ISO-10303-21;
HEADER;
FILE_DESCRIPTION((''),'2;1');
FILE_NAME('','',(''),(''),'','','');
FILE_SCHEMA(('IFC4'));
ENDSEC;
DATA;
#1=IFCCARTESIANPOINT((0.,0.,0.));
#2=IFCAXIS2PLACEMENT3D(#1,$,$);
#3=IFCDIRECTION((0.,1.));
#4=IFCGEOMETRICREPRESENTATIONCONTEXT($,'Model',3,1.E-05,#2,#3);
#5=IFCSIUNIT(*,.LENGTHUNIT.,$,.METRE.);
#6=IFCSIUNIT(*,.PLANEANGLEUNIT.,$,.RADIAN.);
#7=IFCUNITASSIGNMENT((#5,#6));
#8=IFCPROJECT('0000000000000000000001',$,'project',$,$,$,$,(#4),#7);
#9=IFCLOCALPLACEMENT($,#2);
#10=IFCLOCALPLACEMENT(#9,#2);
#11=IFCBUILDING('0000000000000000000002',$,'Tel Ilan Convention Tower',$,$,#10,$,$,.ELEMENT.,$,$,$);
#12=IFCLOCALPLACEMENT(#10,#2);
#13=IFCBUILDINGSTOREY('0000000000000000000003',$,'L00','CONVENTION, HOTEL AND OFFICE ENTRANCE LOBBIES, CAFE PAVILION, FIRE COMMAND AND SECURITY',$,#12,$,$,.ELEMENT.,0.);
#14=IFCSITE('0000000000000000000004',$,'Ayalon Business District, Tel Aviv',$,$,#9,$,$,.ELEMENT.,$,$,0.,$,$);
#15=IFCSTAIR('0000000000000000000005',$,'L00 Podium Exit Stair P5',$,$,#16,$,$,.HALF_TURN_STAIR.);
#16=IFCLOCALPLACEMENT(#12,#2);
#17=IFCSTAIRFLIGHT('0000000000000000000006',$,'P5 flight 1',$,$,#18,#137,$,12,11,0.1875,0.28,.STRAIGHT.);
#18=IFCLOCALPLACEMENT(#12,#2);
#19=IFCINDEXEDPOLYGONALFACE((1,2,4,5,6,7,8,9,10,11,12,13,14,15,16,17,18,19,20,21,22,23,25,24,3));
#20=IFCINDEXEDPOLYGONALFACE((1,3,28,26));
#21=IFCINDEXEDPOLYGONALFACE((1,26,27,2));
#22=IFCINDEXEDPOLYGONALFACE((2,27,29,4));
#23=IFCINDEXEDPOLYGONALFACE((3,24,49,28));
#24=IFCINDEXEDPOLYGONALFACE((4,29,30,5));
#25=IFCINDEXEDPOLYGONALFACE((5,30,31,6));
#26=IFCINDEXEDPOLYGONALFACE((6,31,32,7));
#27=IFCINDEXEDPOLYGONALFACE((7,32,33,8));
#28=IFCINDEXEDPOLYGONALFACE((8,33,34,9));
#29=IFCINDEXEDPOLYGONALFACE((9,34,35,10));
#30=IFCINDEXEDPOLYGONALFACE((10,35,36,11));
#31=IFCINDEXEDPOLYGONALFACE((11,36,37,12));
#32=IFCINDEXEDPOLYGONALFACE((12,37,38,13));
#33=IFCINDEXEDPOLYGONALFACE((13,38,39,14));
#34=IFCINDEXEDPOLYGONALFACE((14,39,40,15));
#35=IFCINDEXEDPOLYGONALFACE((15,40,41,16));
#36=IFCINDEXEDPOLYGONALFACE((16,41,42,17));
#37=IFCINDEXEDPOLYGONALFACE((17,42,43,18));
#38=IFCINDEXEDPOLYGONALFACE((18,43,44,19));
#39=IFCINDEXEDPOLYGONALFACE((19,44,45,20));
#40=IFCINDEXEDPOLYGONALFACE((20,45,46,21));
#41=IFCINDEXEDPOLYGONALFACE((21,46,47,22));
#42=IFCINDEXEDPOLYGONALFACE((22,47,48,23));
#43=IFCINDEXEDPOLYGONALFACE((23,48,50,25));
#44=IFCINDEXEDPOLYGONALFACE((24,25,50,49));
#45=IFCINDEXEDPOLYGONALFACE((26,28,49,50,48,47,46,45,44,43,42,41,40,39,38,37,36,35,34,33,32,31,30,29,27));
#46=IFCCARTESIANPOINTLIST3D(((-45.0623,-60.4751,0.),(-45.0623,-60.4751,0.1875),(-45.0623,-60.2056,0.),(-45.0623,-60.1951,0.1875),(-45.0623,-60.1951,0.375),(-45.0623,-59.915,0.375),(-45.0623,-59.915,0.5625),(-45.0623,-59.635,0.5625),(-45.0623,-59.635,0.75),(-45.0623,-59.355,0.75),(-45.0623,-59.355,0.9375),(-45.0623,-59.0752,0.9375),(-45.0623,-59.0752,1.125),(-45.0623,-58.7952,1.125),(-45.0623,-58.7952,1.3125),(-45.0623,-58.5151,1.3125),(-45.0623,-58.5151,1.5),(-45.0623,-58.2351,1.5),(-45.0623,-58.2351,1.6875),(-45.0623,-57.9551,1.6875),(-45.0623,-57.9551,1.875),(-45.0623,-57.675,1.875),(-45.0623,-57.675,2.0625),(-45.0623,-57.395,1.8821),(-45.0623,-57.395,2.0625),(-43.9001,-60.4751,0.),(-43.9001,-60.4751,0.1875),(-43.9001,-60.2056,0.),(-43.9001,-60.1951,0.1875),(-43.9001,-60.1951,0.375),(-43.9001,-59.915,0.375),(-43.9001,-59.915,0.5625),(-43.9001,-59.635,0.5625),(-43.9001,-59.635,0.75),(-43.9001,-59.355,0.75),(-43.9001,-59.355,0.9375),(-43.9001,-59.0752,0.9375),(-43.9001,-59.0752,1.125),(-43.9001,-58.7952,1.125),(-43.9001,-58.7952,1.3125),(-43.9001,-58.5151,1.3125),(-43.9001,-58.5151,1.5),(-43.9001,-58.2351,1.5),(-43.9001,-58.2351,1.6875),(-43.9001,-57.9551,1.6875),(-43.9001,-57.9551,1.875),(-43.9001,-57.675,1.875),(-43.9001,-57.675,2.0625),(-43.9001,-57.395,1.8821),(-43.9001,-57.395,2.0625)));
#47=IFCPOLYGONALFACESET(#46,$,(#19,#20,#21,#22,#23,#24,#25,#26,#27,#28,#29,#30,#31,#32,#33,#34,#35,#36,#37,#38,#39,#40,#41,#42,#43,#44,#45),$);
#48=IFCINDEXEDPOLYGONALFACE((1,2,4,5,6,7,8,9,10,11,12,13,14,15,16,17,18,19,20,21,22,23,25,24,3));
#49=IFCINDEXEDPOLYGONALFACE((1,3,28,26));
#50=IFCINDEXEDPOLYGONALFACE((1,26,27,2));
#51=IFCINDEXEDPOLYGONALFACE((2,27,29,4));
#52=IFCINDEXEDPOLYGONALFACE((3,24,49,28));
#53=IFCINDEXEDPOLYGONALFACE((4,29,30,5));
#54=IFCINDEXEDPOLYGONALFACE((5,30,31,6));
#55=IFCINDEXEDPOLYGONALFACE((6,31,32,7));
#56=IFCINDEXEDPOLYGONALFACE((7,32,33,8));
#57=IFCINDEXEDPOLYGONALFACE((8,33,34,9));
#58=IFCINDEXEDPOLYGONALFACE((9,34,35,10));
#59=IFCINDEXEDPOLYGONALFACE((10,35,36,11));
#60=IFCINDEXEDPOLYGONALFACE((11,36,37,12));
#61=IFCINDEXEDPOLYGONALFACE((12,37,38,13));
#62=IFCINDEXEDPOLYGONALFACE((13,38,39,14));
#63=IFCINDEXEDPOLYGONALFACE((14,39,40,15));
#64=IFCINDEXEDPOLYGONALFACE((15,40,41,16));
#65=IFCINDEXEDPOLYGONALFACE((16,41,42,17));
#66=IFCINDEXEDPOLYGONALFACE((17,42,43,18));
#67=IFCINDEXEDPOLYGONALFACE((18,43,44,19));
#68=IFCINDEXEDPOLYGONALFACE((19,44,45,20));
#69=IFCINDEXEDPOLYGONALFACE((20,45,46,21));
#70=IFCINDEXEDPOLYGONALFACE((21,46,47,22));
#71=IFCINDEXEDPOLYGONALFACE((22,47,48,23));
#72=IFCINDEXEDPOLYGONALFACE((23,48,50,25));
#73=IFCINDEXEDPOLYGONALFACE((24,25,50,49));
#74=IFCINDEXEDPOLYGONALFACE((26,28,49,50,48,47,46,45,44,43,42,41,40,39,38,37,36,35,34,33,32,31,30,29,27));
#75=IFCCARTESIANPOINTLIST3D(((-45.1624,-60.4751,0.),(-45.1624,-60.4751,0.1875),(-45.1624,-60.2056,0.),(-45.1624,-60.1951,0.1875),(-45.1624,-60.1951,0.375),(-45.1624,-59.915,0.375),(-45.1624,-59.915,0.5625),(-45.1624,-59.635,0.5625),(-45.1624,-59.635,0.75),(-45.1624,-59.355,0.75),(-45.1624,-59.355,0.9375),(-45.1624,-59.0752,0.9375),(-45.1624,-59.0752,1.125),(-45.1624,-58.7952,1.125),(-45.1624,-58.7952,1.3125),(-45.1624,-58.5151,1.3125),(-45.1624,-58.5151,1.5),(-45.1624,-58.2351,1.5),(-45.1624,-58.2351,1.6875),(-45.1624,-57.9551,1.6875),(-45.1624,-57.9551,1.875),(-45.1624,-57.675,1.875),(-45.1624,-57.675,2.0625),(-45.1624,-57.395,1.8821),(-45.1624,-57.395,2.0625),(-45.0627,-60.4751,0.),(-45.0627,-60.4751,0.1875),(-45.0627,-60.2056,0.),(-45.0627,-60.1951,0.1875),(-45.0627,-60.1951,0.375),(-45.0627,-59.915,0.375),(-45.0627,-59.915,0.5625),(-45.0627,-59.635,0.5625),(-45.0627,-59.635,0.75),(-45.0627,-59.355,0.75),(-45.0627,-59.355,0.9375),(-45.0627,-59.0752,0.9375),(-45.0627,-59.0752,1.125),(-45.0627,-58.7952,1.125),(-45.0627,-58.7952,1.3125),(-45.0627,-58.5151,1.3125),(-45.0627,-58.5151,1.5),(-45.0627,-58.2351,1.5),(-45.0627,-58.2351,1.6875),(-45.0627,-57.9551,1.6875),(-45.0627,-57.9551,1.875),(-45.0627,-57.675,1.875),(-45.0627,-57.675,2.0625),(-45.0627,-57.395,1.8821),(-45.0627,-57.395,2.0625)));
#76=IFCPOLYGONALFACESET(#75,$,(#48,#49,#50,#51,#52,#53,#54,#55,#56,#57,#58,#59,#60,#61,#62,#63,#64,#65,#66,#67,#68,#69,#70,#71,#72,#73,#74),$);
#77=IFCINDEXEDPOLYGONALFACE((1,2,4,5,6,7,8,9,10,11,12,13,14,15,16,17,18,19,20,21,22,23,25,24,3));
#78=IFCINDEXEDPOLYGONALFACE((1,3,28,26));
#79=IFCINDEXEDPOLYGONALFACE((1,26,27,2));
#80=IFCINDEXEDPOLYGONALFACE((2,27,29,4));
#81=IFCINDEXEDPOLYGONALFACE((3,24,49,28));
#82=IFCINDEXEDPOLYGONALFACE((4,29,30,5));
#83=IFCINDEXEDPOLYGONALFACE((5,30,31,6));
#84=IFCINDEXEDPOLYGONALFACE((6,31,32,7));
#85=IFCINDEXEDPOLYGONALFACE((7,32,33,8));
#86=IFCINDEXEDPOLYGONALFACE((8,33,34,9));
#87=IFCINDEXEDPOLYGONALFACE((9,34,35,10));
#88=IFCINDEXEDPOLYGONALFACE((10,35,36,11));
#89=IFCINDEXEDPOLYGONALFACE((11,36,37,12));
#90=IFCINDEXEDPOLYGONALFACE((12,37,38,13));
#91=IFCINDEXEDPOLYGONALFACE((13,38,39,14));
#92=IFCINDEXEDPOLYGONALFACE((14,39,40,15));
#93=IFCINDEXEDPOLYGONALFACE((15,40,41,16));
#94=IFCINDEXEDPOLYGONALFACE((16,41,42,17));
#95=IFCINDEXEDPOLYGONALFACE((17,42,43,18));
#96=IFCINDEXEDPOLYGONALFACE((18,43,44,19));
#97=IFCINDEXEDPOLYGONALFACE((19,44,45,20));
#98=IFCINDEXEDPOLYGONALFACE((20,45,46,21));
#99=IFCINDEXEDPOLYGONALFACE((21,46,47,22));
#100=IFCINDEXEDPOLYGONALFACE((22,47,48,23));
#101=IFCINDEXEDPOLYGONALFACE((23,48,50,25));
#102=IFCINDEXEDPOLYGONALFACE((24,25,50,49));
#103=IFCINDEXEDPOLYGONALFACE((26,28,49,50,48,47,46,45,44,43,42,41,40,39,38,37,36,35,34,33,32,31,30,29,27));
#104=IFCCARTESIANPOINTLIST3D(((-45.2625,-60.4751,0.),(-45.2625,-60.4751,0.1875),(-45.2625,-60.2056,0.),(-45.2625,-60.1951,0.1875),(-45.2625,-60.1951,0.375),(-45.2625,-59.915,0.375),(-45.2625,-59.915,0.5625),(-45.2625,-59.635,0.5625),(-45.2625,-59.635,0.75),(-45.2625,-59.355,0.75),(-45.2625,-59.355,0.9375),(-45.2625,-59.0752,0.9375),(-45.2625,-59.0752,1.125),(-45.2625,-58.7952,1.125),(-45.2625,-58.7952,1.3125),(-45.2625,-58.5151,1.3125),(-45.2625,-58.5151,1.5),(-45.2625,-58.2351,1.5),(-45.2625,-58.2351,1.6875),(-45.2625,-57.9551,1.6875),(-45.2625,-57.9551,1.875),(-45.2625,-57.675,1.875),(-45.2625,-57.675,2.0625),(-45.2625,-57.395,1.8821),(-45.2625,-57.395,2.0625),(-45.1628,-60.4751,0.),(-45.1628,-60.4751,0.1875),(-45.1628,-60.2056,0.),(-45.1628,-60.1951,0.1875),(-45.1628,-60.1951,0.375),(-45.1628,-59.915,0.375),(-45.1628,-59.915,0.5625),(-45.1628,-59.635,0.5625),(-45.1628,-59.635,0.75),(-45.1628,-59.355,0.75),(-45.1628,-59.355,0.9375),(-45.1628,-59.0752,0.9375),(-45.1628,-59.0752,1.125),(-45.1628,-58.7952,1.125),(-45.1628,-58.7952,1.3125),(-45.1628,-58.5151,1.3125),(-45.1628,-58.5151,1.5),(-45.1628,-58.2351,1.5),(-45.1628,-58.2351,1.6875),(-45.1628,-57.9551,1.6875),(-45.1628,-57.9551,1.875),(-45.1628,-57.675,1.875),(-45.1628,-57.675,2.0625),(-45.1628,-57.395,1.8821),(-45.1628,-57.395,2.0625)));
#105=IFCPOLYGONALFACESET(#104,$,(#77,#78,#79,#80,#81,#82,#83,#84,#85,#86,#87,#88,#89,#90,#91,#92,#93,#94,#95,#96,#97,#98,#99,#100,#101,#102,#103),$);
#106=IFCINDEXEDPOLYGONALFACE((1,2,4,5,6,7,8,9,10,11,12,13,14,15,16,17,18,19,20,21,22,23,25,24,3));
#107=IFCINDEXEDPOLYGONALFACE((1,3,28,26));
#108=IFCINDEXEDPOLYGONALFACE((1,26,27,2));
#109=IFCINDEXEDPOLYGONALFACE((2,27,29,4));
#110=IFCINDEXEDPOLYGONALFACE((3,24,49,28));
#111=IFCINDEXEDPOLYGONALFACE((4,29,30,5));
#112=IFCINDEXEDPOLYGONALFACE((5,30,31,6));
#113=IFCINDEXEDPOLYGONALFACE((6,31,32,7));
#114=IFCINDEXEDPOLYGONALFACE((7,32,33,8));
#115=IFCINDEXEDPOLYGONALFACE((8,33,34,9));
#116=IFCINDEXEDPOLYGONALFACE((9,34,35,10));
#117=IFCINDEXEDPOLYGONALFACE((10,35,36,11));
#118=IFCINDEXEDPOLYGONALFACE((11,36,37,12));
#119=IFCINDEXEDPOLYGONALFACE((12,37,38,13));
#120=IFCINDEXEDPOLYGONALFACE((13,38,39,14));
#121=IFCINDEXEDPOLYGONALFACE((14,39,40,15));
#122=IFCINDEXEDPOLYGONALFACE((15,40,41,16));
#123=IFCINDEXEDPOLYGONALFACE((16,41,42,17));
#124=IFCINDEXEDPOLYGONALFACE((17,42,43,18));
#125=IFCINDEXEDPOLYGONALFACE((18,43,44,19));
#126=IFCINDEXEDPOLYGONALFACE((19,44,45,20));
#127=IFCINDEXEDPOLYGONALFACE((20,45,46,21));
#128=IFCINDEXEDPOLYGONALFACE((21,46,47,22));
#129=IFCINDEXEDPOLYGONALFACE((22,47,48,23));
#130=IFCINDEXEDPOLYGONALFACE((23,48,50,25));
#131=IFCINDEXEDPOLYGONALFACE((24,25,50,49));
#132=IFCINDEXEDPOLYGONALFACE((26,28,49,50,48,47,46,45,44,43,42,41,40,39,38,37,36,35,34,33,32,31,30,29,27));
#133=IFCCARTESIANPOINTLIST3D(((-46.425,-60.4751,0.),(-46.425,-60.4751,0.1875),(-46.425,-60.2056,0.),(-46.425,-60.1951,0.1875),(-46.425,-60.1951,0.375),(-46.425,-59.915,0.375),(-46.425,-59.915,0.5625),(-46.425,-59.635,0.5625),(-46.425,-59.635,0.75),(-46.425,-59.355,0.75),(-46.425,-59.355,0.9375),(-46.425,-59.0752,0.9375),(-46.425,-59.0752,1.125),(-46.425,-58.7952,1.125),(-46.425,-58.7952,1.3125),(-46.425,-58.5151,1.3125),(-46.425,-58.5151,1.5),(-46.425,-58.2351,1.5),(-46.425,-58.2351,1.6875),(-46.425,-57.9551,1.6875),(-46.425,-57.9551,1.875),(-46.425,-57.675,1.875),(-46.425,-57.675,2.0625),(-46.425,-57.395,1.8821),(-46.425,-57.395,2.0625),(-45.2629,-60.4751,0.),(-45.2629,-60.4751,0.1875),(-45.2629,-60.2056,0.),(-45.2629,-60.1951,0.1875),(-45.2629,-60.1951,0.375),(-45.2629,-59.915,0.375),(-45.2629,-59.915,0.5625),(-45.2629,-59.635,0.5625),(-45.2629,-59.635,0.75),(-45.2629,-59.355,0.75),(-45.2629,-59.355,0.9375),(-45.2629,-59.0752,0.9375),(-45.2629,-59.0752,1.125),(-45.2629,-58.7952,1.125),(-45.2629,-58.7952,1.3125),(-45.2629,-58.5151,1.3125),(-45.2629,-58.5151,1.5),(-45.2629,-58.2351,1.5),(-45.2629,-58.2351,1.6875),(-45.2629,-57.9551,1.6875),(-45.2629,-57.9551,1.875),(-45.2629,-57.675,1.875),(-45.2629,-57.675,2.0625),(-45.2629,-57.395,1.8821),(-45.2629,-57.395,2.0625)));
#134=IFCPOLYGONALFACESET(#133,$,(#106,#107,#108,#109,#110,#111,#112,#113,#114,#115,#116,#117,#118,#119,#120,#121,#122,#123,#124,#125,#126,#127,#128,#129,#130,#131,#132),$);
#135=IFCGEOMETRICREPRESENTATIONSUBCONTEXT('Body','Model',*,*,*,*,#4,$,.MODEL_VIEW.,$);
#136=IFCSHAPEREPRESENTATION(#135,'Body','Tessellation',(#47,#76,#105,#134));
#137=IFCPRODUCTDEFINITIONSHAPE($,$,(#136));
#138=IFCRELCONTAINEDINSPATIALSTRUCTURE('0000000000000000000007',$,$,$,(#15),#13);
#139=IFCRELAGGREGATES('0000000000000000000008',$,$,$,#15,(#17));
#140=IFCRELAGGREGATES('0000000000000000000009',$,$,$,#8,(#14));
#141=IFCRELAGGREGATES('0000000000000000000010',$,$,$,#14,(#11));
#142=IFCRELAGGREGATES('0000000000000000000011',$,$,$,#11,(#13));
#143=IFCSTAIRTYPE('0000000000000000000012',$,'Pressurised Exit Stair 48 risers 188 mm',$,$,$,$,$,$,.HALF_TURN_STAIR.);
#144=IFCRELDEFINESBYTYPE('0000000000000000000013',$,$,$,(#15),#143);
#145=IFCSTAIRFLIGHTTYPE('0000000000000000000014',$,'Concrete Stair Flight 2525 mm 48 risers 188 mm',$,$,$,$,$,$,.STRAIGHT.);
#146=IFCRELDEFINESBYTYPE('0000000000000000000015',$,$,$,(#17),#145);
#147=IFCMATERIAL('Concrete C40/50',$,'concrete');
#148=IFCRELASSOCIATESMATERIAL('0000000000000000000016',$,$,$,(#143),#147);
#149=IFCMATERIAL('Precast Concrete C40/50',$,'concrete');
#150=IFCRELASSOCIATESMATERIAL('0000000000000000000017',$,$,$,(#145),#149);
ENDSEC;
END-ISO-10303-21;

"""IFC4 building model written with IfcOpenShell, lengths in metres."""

from ifc_helpers import new_model, si_unit, direction, frame, origin, place, context, subcontext, project, spatial, polyline, outline, extrude, material, type_object, element, aggregate, save


model = new_model("IFC4")

# Units and contexts
model_context = context("Model", 3, precision=1e-05, world=origin(), true_north=direction((0.0, 1.0)))
body_context = subcontext(model_context, "Body", "Model", "MODEL_VIEW")
ifc_project = project(units=[si_unit("LENGTHUNIT", "METRE"), si_unit("PLANEANGLEUNIT", "RADIAN")], contexts=[model_context])

# Site, building, storey
site_placement = place(None, origin())
site = spatial("IfcSite", under=ifc_project, at=site_placement, Name="Ayalon Business District, Tel Aviv", CompositionType="ELEMENT", RefElevation=0.0)
building_placement = place(site_placement, origin())
building = spatial("IfcBuilding", under=site, at=building_placement, Name="Tel Ilan Convention Tower", CompositionType="ELEMENT")
storey_placement = place(building_placement, origin())
storey = spatial("IfcBuildingStorey", under=building, at=storey_placement, Name="L00", Description="CONVENTION, HOTEL AND OFFICE ENTRANCE LOBBIES, CAFE PAVILION, FIRE COMMAND AND SECURITY", CompositionType="ELEMENT", Elevation=0.0)

# Stair, stair flight
ifc_material_1 = material(Name="Concrete C40/50", Category="concrete")
stair_type = type_object("IfcStairType", Name="Pressurised Exit Stair 48 risers 188 mm", PredefinedType="HALF_TURN_STAIR", material=ifc_material_1)
ifc_material_2 = material(Name="Precast Concrete C40/50", Category="concrete")
stair_flight_type = type_object("IfcStairFlightType", Name="Concrete Stair Flight 2525 mm 48 risers 188 mm", PredefinedType="STRAIGHT", material=ifc_material_2)
stair_1_placement = place(storey_placement, origin())
stair_1 = element("IfcStair", 1, at=stair_1_placement, inside=storey, type_object=stair_type, Name="L00 Podium Exit Stair P5", PredefinedType="HALF_TURN_STAIR")
stair_flight_1_placement = place(storey_placement, frame((-45.1626, -60.4751, 0.0), z_axis=(0.0, 0.0, 1.0), x_axis=(0.0, 1.0, 0.0)))
stair_flight_1 = element("IfcStairFlight", 2, at=stair_flight_1_placement, type_object=stair_flight_type, Name="P5 flight 1", NumberOfRisers=12, NumberOfTreads=11, PredefinedType="STRAIGHT", RiserHeight=0.1875, TreadLength=0.28, context=body_context, shape_type="SweptSolid", body=[
    extrude(outline(polyline([(0.0, 0.0), (0.0, 0.1875), (0.28, 0.1875), (0.28, 0.375), (0.5601, 0.375), (0.5601, 0.5625), (0.8401, 0.5625), (0.8401, 0.75), (1.1201, 0.75), (1.1201, 0.9375), (1.3999, 0.9375), (1.3999, 1.125), (1.6799, 1.125), (1.6799, 1.3125), (1.96, 1.3125), (1.96, 1.5), (2.24, 1.5), (2.24, 1.6875), (2.52, 1.6875), (2.52, 1.875), (2.8, 1.875), (2.8, 2.0625), (3.0801, 2.0625), (3.0801, 2.25), (3.0801, 1.8821), (0.2695, 0.0), (0.0, 0.0)])), frame((0.0, -0.1003, 0.0), z_axis=(0.0, -1.0, 0.0), x_axis=(1.0, 0.0, 0.0)), (0.0, 0.0, 1.0), 1.1621),
    extrude(outline(polyline([(0.0, 0.0), (0.0, 0.1875), (0.28, 0.1875), (0.28, 0.375), (0.5601, 0.375), (0.5601, 0.5625), (0.8401, 0.5625), (0.8401, 0.75), (1.1201, 0.75), (1.1201, 0.9375), (1.3999, 0.9375), (1.3999, 1.125), (1.6799, 1.125), (1.6799, 1.3125), (1.96, 1.3125), (1.96, 1.5), (2.24, 1.5), (2.24, 1.6875), (2.52, 1.6875), (2.52, 1.875), (2.8, 1.875), (2.8, 2.0625), (3.0801, 2.0625), (3.0801, 2.25), (3.0801, 1.8821), (0.2695, 0.0), (0.0, 0.0)])), frame((0.0, -0.0002, 0.0), z_axis=(0.0, -1.0, 0.0), x_axis=(1.0, 0.0, 0.0)), (0.0, 0.0, 1.0), 0.0996),
    extrude(outline(polyline([(0.0, 0.0), (0.0, 0.1875), (0.28, 0.1875), (0.28, 0.375), (0.5601, 0.375), (0.5601, 0.5625), (0.8401, 0.5625), (0.8401, 0.75), (1.1201, 0.75), (1.1201, 0.9375), (1.3999, 0.9375), (1.3999, 1.125), (1.6799, 1.125), (1.6799, 1.3125), (1.96, 1.3125), (1.96, 1.5), (2.24, 1.5), (2.24, 1.6875), (2.52, 1.6875), (2.52, 1.875), (2.8, 1.875), (2.8, 2.0625), (3.0801, 2.0625), (3.0801, 2.25), (3.0801, 1.8821), (0.2695, 0.0), (0.0, 0.0)])), frame((0.0, 0.0999, 0.0), z_axis=(0.0, -1.0, 0.0), x_axis=(1.0, 0.0, 0.0)), (0.0, 0.0, 1.0), 0.0996),
    extrude(outline(polyline([(0.0, 0.0), (0.0, 0.1875), (0.28, 0.1875), (0.28, 0.375), (0.5601, 0.375), (0.5601, 0.5625), (0.8401, 0.5625), (0.8401, 0.75), (1.1201, 0.75), (1.1201, 0.9375), (1.3999, 0.9375), (1.3999, 1.125), (1.6799, 1.125), (1.6799, 1.3125), (1.96, 1.3125), (1.96, 1.5), (2.24, 1.5), (2.24, 1.6875), (2.52, 1.6875), (2.52, 1.875), (2.8, 1.875), (2.8, 2.0625), (3.0801, 2.0625), (3.0801, 2.25), (3.0801, 1.8821), (0.2695, 0.0), (0.0, 0.0)])), frame((0.0, 1.2625, 0.0), z_axis=(0.0, -1.0, 0.0), x_axis=(1.0, 0.0, 0.0)), (0.0, 0.0, 1.0), 1.1621),
])
aggregate(stair_1, [stair_flight_1])

save(model, "model.ifc")
